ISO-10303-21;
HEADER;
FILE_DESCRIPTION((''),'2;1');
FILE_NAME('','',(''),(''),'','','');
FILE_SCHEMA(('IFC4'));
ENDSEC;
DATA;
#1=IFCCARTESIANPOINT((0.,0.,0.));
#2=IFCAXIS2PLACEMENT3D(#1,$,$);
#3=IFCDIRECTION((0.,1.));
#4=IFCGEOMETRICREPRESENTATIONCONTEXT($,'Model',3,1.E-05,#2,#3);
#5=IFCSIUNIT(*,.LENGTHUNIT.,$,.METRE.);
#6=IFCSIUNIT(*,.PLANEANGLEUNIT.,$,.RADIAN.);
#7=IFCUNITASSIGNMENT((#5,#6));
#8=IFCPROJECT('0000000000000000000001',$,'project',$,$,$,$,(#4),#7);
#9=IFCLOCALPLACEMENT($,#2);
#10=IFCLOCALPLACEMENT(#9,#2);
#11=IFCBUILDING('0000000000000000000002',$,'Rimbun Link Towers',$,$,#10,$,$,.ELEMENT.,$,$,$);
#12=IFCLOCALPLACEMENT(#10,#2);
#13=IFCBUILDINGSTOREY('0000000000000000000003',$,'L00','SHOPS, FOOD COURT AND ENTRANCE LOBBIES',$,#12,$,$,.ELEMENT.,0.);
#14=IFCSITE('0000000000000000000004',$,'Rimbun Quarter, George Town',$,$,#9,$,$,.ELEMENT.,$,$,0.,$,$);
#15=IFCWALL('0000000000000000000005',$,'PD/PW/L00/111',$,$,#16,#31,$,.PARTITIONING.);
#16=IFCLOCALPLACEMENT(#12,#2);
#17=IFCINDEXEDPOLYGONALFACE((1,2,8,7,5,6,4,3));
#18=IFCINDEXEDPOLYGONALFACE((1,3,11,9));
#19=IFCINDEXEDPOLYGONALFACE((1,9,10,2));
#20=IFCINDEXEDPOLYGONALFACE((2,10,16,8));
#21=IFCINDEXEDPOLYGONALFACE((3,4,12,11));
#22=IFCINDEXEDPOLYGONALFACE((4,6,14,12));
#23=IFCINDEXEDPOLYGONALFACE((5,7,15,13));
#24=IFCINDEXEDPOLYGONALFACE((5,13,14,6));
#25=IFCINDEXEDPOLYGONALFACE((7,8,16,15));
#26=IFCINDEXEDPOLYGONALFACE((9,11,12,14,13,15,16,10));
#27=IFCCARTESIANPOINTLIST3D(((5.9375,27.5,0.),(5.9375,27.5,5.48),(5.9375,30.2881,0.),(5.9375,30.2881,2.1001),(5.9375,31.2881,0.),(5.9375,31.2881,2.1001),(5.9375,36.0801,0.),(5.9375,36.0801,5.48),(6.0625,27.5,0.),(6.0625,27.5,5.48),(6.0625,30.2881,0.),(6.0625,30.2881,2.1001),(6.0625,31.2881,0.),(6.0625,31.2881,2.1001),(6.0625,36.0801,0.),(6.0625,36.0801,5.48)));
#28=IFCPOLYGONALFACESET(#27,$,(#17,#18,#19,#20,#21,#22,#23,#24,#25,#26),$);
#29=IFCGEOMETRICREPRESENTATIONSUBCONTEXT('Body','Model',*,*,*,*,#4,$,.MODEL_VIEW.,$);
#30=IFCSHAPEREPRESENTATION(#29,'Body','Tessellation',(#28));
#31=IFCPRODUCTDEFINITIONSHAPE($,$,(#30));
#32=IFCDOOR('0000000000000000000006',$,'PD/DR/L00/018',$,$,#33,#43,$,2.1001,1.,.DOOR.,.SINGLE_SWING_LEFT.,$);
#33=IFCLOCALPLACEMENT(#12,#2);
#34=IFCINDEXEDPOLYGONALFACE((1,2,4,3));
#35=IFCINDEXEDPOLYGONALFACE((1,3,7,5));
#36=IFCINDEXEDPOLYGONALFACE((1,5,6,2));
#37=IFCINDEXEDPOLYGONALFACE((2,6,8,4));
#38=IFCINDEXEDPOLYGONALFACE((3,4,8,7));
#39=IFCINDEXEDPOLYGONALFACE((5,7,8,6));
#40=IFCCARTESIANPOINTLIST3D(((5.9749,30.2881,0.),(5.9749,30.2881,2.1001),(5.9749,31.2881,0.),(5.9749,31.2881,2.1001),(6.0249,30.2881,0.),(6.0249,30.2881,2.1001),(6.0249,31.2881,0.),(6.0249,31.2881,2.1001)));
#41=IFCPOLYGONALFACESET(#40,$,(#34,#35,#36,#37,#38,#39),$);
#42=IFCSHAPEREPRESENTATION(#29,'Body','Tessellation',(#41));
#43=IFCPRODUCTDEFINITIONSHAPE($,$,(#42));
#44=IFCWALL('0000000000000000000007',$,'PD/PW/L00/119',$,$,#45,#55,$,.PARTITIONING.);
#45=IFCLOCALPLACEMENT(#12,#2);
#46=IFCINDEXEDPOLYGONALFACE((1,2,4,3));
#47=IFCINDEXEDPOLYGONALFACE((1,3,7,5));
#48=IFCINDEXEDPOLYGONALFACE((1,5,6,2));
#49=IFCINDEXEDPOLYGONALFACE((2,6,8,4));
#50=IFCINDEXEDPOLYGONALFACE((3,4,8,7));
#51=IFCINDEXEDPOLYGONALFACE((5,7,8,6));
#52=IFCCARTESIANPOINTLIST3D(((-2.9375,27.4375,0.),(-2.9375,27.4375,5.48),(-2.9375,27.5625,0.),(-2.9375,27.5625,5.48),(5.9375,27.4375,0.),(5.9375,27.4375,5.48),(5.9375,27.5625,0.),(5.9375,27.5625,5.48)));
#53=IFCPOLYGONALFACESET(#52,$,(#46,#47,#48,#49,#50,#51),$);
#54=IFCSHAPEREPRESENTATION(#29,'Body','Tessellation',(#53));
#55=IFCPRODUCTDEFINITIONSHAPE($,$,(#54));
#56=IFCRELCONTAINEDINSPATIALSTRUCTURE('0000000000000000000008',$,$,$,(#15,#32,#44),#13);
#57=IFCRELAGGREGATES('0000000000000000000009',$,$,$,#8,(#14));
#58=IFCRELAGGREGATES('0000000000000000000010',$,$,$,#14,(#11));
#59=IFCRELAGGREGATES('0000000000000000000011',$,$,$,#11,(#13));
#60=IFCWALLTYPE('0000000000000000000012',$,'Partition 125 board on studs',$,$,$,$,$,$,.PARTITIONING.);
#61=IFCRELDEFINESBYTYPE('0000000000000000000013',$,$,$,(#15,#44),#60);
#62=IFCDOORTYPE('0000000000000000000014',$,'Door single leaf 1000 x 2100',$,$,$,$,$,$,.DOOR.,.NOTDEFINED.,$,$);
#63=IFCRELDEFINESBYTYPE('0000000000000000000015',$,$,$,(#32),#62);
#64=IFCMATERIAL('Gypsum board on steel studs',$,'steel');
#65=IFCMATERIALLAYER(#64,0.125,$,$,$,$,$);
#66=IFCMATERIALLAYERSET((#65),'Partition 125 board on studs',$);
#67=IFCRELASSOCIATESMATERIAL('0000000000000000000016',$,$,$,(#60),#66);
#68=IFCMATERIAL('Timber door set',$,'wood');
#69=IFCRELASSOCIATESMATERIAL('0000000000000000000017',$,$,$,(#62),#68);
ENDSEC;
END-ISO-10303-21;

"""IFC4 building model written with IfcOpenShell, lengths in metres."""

from ifc_helpers import new_model, si_unit, direction, frame, frame_2d, origin, place, context, subcontext, project, spatial, rectangle, extrude, material, layer, layer_set, type_object, element, fill, save


model = new_model("IFC4")

# Units and contexts
model_context = context("Model", 3, precision=1e-05, world=origin(), true_north=direction((0.0, 1.0)))
body_context = subcontext(model_context, "Body", "Model", "MODEL_VIEW")
ifc_project = project(units=[si_unit("LENGTHUNIT", "METRE"), si_unit("PLANEANGLEUNIT", "RADIAN")], contexts=[model_context])

# Site, building, storey
site_placement = place(None, origin())
site = spatial("IfcSite", under=ifc_project, at=site_placement, Name="Rimbun Quarter, George Town", CompositionType="ELEMENT", RefElevation=0.0)
building_placement = place(site_placement, origin())
building = spatial("IfcBuilding", under=site, at=building_placement, Name="Rimbun Link Towers", CompositionType="ELEMENT")
storey_placement = place(building_placement, origin())
storey = spatial("IfcBuildingStorey", under=building, at=storey_placement, Name="L00", Description="SHOPS, FOOD COURT AND ENTRANCE LOBBIES", CompositionType="ELEMENT", Elevation=0.0)

# Wall, opening, door
ifc_material_1 = material(Name="Gypsum board on steel studs", Category="steel")
ifc_layer_1 = layer(ifc_material_1, 0.125)
ifc_layer_set_1 = layer_set([ifc_layer_1], Name="Partition 125 board on studs")
wall_type = type_object("IfcWallType", Name="Partition 125 board on studs", PredefinedType="PARTITIONING", material=ifc_layer_set_1)
ifc_material_2 = material(Name="Timber door set", Category="wood")
door_type = type_object("IfcDoorType", Name="Door single leaf 1000 x 2100", OperationType="NOTDEFINED", PredefinedType="DOOR", material=ifc_material_2)
wall_1_placement = place(storey_placement, frame((6.0, 36.0801, 0.0), z_axis=(0.0, 0.0, 1.0), x_axis=(0.0, -1.0, 0.0)))
wall_1 = element("IfcWall", 1, at=wall_1_placement, inside=storey, type_object=wall_type, Name="PD/PW/L00/111", PredefinedType="PARTITIONING", context=body_context, shape_type="SweptSolid", body=[
    extrude(rectangle(XDim=8.5801, YDim=0.125, at=frame_2d((4.29, 0.0))), origin(), (0.0, 0.0, 1.0), 5.48),
])
opening_1_placement = place(wall_1_placement, frame((4.792, 0.0, 0.0)))
opening_1 = element("IfcOpeningElement", 2, at=opening_1_placement, cuts=wall_1, PredefinedType="OPENING", context=body_context, shape_type="SweptSolid", body=[
    extrude(rectangle(XDim=1.0, YDim=2.1001, at=frame_2d((0.5, 1.05))), frame((0.0, 0.0725, 0.0), z_axis=(0.0, -1.0, 0.0), x_axis=(1.0, 0.0, 0.0)), (0.0, 0.0, 1.0), 0.145),
])
door_1_placement = place(opening_1_placement, origin())
door_1 = element("IfcDoor", 3, at=door_1_placement, inside=storey, type_object=door_type, Name="PD/DR/L00/018", OperationType="SINGLE_SWING_LEFT", OverallHeight=2.1001, OverallWidth=1.0, PredefinedType="DOOR", context=body_context, shape_type="SweptSolid", body=[
    extrude(rectangle(XDim=1.0, YDim=2.1001, at=frame_2d((0.5, 1.05))), frame((0.0, 0.0249, 0.0), z_axis=(0.0, -1.0, 0.0), x_axis=(1.0, 0.0, 0.0)), (0.0, 0.0, 1.0), 0.05),
])
fill(opening_1, door_1)

# Wall
wall_2_placement = place(storey_placement, frame((5.9375, 27.5, 0.0), z_axis=(0.0, 0.0, 1.0), x_axis=(-1.0, 0.0, 0.0)))
element("IfcWall", 4, at=wall_2_placement, inside=storey, type_object=wall_type, Name="PD/PW/L00/119", PredefinedType="PARTITIONING", context=body_context, shape_type="SweptSolid", body=[
    extrude(rectangle(XDim=8.875, YDim=0.125, at=frame_2d((4.4375, 0.0))), origin(), (0.0, 0.0, 1.0), 5.48),
])

save(model, "model.ifc")
